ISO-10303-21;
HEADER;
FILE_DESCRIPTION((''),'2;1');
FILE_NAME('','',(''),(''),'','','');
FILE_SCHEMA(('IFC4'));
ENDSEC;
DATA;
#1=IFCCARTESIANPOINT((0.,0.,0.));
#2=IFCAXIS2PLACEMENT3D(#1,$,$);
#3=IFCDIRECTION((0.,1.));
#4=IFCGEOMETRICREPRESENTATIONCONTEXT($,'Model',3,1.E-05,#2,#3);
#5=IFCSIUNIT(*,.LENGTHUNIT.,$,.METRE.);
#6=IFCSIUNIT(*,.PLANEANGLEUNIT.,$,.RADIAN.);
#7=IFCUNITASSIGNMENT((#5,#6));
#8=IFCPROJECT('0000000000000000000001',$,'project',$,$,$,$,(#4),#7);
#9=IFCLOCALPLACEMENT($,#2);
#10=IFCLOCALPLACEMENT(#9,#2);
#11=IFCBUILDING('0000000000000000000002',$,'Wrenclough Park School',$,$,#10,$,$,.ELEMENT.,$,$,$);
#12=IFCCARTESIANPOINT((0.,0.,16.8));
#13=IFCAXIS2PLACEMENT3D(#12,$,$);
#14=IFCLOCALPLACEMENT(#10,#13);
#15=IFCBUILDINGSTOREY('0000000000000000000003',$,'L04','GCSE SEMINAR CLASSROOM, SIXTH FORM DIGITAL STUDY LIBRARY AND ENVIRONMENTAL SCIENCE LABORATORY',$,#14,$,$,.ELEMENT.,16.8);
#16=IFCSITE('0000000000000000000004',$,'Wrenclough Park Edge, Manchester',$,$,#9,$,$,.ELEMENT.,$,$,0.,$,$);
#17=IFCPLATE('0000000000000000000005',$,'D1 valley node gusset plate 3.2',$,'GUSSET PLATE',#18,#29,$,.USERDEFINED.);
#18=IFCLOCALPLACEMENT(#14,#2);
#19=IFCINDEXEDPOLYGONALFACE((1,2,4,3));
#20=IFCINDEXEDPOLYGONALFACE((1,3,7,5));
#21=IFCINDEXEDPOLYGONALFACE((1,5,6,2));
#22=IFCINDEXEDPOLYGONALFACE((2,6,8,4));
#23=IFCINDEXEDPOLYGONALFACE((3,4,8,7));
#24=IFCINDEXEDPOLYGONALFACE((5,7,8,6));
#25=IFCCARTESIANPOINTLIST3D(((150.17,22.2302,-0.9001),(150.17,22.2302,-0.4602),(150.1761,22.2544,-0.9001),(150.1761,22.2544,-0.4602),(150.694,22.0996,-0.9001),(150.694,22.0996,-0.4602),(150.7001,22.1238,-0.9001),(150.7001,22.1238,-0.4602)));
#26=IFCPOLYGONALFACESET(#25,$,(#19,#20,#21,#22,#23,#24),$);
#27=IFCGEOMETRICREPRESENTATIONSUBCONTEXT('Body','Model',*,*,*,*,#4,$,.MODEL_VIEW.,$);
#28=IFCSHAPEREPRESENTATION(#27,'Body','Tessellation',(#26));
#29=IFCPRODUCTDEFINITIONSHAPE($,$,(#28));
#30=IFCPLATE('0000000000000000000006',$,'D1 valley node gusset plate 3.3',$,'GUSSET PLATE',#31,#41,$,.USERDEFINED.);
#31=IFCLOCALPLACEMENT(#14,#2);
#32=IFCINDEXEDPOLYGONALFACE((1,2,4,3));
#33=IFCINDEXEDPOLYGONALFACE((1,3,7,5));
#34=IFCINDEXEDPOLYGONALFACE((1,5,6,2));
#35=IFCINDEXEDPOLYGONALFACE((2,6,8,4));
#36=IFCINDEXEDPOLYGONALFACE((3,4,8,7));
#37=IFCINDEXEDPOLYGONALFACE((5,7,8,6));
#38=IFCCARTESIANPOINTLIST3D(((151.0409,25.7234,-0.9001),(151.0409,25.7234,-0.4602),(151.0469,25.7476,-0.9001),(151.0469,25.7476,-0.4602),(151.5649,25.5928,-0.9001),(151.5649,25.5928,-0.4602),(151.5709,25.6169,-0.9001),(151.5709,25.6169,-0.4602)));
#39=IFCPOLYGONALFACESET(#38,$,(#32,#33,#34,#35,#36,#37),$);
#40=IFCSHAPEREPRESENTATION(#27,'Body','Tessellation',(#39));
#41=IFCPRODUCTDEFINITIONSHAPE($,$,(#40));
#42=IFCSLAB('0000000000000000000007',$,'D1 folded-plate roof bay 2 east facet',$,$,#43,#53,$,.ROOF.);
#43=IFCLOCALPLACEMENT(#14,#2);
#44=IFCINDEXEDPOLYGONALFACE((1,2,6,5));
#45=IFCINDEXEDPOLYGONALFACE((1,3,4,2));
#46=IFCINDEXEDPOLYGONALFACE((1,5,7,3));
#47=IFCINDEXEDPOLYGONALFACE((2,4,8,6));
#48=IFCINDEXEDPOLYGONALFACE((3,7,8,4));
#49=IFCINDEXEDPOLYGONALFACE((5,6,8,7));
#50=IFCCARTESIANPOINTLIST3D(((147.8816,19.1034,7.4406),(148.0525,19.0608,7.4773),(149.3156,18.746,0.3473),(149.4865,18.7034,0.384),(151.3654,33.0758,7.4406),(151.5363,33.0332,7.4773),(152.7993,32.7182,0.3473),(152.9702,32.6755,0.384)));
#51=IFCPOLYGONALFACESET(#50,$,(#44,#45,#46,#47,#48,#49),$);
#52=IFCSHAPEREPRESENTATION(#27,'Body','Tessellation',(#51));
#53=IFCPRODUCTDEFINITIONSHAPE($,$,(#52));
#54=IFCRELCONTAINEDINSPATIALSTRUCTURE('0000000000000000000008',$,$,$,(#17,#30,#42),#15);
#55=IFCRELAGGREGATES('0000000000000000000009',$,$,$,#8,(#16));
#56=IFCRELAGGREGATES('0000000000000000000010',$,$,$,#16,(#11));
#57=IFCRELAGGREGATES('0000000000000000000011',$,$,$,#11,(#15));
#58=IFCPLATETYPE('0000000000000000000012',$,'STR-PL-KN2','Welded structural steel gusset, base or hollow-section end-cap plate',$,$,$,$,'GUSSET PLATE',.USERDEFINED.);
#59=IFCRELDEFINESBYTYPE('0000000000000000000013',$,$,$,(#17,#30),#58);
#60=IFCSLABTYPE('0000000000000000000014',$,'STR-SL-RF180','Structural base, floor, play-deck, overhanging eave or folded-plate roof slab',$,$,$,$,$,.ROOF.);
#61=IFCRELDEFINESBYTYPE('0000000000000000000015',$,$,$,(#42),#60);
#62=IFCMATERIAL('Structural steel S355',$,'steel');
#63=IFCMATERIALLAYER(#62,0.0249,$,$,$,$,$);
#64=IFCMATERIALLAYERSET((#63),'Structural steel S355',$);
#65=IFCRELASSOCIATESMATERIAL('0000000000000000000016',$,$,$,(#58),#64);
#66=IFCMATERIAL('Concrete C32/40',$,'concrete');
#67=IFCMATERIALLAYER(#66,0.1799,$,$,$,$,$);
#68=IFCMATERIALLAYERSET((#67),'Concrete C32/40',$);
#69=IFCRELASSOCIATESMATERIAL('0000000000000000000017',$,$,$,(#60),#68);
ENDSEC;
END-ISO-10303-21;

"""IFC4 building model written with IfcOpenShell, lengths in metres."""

from ifc_helpers import new_model, si_unit, direction, frame, origin, origin_2d, place, context, subcontext, project, spatial, polyline, rectangle, outline, extrude, material, layer, layer_set, type_object, element, save


model = new_model("IFC4")

# Units and contexts
model_context = context("Model", 3, precision=1e-05, world=origin(), true_north=direction((0.0, 1.0)))
body_context = subcontext(model_context, "Body", "Model", "MODEL_VIEW")
ifc_project = project(units=[si_unit("LENGTHUNIT", "METRE"), si_unit("PLANEANGLEUNIT", "RADIAN")], contexts=[model_context])

# Site, building, storey
site_placement = place(None, origin())
site = spatial("IfcSite", under=ifc_project, at=site_placement, Name="Wrenclough Park Edge, Manchester", CompositionType="ELEMENT", RefElevation=0.0)
building_placement = place(site_placement, origin())
building = spatial("IfcBuilding", under=site, at=building_placement, Name="Wrenclough Park School", CompositionType="ELEMENT")
storey_placement = place(building_placement, frame((0.0, 0.0, 16.8)))
storey = spatial("IfcBuildingStorey", under=building, at=storey_placement, Name="L04", Description="GCSE SEMINAR CLASSROOM, SIXTH FORM DIGITAL STUDY LIBRARY AND ENVIRONMENTAL SCIENCE LABORATORY", CompositionType="ELEMENT", Elevation=16.8)

# Shared definitions
ifc_material_1 = material(Name="Structural steel S355", Category="steel")

# Plates
ifc_layer_1 = layer(ifc_material_1, 0.0249)
ifc_layer_set_1 = layer_set([ifc_layer_1], Name="Structural steel S355")
plate_type_1 = type_object("IfcPlateType", Name="STR-PL-KN2", Description="Welded structural steel gusset, base or hollow-section end-cap plate", ElementType="GUSSET PLATE", PredefinedType="USERDEFINED", material=ifc_layer_set_1)
for number, where, z_axis, x_axis, name in (
    (1, (150.4351, 22.177, -0.9001), (0.0, 0.0, 1.0), (0.970296, -0.241922, 0.0), "D1 valley node gusset plate 3.2"),
    (2, (151.3059, 25.6702, -0.9001), (0.0, 0.0, 1.0), (0.970296, -0.241922, 0.0), "D1 valley node gusset plate 3.3"),
):
    element("IfcPlate", number, at=place(storey_placement, frame(where, z_axis=z_axis, x_axis=x_axis)), inside=storey, type_object=plate_type_1, Name=name, ObjectType="GUSSET PLATE", PredefinedType="USERDEFINED", context=body_context, shape_type="SweptSolid", body=[
        extrude(rectangle(XDim=0.54, YDim=0.0249, at=origin_2d()), origin(), (0.0, 0.0, 1.0), 0.4399),
    ])

# Slab
ifc_material_2 = material(Name="Concrete C32/40", Category="concrete")
ifc_layer_2 = layer(ifc_material_2, 0.1799)
ifc_layer_set_2 = layer_set([ifc_layer_2], Name="Concrete C32/40")
slab_type = type_object("IfcSlabType", Name="STR-SL-RF180", Description="Structural base, floor, play-deck, overhanging eave or folded-plate roof slab", PredefinedType="ROOF", material=ifc_layer_set_2)
slab_placement = place(storey_placement, frame((148.0525, 19.0608, 7.4773), z_axis=(0.949897, -0.236841, 0.203967), x_axis=(0.197913, -0.049327, -0.978978)))
element("IfcSlab", 3, at=slab_placement, inside=storey, type_object=slab_type, Name="D1 folded-plate roof bay 2 east facet", PredefinedType="ROOF", context=body_context, shape_type="SweptSolid", body=[
    extrude(outline(polyline([(0.0, 0.0), (7.2456, 0.0), (7.2459, 14.3999), (0.0003, 14.4002), (0.0, 0.0)])), origin(), (0.0, 0.0, -1.0), 0.1799),
])

save(model, "model.ifc")
